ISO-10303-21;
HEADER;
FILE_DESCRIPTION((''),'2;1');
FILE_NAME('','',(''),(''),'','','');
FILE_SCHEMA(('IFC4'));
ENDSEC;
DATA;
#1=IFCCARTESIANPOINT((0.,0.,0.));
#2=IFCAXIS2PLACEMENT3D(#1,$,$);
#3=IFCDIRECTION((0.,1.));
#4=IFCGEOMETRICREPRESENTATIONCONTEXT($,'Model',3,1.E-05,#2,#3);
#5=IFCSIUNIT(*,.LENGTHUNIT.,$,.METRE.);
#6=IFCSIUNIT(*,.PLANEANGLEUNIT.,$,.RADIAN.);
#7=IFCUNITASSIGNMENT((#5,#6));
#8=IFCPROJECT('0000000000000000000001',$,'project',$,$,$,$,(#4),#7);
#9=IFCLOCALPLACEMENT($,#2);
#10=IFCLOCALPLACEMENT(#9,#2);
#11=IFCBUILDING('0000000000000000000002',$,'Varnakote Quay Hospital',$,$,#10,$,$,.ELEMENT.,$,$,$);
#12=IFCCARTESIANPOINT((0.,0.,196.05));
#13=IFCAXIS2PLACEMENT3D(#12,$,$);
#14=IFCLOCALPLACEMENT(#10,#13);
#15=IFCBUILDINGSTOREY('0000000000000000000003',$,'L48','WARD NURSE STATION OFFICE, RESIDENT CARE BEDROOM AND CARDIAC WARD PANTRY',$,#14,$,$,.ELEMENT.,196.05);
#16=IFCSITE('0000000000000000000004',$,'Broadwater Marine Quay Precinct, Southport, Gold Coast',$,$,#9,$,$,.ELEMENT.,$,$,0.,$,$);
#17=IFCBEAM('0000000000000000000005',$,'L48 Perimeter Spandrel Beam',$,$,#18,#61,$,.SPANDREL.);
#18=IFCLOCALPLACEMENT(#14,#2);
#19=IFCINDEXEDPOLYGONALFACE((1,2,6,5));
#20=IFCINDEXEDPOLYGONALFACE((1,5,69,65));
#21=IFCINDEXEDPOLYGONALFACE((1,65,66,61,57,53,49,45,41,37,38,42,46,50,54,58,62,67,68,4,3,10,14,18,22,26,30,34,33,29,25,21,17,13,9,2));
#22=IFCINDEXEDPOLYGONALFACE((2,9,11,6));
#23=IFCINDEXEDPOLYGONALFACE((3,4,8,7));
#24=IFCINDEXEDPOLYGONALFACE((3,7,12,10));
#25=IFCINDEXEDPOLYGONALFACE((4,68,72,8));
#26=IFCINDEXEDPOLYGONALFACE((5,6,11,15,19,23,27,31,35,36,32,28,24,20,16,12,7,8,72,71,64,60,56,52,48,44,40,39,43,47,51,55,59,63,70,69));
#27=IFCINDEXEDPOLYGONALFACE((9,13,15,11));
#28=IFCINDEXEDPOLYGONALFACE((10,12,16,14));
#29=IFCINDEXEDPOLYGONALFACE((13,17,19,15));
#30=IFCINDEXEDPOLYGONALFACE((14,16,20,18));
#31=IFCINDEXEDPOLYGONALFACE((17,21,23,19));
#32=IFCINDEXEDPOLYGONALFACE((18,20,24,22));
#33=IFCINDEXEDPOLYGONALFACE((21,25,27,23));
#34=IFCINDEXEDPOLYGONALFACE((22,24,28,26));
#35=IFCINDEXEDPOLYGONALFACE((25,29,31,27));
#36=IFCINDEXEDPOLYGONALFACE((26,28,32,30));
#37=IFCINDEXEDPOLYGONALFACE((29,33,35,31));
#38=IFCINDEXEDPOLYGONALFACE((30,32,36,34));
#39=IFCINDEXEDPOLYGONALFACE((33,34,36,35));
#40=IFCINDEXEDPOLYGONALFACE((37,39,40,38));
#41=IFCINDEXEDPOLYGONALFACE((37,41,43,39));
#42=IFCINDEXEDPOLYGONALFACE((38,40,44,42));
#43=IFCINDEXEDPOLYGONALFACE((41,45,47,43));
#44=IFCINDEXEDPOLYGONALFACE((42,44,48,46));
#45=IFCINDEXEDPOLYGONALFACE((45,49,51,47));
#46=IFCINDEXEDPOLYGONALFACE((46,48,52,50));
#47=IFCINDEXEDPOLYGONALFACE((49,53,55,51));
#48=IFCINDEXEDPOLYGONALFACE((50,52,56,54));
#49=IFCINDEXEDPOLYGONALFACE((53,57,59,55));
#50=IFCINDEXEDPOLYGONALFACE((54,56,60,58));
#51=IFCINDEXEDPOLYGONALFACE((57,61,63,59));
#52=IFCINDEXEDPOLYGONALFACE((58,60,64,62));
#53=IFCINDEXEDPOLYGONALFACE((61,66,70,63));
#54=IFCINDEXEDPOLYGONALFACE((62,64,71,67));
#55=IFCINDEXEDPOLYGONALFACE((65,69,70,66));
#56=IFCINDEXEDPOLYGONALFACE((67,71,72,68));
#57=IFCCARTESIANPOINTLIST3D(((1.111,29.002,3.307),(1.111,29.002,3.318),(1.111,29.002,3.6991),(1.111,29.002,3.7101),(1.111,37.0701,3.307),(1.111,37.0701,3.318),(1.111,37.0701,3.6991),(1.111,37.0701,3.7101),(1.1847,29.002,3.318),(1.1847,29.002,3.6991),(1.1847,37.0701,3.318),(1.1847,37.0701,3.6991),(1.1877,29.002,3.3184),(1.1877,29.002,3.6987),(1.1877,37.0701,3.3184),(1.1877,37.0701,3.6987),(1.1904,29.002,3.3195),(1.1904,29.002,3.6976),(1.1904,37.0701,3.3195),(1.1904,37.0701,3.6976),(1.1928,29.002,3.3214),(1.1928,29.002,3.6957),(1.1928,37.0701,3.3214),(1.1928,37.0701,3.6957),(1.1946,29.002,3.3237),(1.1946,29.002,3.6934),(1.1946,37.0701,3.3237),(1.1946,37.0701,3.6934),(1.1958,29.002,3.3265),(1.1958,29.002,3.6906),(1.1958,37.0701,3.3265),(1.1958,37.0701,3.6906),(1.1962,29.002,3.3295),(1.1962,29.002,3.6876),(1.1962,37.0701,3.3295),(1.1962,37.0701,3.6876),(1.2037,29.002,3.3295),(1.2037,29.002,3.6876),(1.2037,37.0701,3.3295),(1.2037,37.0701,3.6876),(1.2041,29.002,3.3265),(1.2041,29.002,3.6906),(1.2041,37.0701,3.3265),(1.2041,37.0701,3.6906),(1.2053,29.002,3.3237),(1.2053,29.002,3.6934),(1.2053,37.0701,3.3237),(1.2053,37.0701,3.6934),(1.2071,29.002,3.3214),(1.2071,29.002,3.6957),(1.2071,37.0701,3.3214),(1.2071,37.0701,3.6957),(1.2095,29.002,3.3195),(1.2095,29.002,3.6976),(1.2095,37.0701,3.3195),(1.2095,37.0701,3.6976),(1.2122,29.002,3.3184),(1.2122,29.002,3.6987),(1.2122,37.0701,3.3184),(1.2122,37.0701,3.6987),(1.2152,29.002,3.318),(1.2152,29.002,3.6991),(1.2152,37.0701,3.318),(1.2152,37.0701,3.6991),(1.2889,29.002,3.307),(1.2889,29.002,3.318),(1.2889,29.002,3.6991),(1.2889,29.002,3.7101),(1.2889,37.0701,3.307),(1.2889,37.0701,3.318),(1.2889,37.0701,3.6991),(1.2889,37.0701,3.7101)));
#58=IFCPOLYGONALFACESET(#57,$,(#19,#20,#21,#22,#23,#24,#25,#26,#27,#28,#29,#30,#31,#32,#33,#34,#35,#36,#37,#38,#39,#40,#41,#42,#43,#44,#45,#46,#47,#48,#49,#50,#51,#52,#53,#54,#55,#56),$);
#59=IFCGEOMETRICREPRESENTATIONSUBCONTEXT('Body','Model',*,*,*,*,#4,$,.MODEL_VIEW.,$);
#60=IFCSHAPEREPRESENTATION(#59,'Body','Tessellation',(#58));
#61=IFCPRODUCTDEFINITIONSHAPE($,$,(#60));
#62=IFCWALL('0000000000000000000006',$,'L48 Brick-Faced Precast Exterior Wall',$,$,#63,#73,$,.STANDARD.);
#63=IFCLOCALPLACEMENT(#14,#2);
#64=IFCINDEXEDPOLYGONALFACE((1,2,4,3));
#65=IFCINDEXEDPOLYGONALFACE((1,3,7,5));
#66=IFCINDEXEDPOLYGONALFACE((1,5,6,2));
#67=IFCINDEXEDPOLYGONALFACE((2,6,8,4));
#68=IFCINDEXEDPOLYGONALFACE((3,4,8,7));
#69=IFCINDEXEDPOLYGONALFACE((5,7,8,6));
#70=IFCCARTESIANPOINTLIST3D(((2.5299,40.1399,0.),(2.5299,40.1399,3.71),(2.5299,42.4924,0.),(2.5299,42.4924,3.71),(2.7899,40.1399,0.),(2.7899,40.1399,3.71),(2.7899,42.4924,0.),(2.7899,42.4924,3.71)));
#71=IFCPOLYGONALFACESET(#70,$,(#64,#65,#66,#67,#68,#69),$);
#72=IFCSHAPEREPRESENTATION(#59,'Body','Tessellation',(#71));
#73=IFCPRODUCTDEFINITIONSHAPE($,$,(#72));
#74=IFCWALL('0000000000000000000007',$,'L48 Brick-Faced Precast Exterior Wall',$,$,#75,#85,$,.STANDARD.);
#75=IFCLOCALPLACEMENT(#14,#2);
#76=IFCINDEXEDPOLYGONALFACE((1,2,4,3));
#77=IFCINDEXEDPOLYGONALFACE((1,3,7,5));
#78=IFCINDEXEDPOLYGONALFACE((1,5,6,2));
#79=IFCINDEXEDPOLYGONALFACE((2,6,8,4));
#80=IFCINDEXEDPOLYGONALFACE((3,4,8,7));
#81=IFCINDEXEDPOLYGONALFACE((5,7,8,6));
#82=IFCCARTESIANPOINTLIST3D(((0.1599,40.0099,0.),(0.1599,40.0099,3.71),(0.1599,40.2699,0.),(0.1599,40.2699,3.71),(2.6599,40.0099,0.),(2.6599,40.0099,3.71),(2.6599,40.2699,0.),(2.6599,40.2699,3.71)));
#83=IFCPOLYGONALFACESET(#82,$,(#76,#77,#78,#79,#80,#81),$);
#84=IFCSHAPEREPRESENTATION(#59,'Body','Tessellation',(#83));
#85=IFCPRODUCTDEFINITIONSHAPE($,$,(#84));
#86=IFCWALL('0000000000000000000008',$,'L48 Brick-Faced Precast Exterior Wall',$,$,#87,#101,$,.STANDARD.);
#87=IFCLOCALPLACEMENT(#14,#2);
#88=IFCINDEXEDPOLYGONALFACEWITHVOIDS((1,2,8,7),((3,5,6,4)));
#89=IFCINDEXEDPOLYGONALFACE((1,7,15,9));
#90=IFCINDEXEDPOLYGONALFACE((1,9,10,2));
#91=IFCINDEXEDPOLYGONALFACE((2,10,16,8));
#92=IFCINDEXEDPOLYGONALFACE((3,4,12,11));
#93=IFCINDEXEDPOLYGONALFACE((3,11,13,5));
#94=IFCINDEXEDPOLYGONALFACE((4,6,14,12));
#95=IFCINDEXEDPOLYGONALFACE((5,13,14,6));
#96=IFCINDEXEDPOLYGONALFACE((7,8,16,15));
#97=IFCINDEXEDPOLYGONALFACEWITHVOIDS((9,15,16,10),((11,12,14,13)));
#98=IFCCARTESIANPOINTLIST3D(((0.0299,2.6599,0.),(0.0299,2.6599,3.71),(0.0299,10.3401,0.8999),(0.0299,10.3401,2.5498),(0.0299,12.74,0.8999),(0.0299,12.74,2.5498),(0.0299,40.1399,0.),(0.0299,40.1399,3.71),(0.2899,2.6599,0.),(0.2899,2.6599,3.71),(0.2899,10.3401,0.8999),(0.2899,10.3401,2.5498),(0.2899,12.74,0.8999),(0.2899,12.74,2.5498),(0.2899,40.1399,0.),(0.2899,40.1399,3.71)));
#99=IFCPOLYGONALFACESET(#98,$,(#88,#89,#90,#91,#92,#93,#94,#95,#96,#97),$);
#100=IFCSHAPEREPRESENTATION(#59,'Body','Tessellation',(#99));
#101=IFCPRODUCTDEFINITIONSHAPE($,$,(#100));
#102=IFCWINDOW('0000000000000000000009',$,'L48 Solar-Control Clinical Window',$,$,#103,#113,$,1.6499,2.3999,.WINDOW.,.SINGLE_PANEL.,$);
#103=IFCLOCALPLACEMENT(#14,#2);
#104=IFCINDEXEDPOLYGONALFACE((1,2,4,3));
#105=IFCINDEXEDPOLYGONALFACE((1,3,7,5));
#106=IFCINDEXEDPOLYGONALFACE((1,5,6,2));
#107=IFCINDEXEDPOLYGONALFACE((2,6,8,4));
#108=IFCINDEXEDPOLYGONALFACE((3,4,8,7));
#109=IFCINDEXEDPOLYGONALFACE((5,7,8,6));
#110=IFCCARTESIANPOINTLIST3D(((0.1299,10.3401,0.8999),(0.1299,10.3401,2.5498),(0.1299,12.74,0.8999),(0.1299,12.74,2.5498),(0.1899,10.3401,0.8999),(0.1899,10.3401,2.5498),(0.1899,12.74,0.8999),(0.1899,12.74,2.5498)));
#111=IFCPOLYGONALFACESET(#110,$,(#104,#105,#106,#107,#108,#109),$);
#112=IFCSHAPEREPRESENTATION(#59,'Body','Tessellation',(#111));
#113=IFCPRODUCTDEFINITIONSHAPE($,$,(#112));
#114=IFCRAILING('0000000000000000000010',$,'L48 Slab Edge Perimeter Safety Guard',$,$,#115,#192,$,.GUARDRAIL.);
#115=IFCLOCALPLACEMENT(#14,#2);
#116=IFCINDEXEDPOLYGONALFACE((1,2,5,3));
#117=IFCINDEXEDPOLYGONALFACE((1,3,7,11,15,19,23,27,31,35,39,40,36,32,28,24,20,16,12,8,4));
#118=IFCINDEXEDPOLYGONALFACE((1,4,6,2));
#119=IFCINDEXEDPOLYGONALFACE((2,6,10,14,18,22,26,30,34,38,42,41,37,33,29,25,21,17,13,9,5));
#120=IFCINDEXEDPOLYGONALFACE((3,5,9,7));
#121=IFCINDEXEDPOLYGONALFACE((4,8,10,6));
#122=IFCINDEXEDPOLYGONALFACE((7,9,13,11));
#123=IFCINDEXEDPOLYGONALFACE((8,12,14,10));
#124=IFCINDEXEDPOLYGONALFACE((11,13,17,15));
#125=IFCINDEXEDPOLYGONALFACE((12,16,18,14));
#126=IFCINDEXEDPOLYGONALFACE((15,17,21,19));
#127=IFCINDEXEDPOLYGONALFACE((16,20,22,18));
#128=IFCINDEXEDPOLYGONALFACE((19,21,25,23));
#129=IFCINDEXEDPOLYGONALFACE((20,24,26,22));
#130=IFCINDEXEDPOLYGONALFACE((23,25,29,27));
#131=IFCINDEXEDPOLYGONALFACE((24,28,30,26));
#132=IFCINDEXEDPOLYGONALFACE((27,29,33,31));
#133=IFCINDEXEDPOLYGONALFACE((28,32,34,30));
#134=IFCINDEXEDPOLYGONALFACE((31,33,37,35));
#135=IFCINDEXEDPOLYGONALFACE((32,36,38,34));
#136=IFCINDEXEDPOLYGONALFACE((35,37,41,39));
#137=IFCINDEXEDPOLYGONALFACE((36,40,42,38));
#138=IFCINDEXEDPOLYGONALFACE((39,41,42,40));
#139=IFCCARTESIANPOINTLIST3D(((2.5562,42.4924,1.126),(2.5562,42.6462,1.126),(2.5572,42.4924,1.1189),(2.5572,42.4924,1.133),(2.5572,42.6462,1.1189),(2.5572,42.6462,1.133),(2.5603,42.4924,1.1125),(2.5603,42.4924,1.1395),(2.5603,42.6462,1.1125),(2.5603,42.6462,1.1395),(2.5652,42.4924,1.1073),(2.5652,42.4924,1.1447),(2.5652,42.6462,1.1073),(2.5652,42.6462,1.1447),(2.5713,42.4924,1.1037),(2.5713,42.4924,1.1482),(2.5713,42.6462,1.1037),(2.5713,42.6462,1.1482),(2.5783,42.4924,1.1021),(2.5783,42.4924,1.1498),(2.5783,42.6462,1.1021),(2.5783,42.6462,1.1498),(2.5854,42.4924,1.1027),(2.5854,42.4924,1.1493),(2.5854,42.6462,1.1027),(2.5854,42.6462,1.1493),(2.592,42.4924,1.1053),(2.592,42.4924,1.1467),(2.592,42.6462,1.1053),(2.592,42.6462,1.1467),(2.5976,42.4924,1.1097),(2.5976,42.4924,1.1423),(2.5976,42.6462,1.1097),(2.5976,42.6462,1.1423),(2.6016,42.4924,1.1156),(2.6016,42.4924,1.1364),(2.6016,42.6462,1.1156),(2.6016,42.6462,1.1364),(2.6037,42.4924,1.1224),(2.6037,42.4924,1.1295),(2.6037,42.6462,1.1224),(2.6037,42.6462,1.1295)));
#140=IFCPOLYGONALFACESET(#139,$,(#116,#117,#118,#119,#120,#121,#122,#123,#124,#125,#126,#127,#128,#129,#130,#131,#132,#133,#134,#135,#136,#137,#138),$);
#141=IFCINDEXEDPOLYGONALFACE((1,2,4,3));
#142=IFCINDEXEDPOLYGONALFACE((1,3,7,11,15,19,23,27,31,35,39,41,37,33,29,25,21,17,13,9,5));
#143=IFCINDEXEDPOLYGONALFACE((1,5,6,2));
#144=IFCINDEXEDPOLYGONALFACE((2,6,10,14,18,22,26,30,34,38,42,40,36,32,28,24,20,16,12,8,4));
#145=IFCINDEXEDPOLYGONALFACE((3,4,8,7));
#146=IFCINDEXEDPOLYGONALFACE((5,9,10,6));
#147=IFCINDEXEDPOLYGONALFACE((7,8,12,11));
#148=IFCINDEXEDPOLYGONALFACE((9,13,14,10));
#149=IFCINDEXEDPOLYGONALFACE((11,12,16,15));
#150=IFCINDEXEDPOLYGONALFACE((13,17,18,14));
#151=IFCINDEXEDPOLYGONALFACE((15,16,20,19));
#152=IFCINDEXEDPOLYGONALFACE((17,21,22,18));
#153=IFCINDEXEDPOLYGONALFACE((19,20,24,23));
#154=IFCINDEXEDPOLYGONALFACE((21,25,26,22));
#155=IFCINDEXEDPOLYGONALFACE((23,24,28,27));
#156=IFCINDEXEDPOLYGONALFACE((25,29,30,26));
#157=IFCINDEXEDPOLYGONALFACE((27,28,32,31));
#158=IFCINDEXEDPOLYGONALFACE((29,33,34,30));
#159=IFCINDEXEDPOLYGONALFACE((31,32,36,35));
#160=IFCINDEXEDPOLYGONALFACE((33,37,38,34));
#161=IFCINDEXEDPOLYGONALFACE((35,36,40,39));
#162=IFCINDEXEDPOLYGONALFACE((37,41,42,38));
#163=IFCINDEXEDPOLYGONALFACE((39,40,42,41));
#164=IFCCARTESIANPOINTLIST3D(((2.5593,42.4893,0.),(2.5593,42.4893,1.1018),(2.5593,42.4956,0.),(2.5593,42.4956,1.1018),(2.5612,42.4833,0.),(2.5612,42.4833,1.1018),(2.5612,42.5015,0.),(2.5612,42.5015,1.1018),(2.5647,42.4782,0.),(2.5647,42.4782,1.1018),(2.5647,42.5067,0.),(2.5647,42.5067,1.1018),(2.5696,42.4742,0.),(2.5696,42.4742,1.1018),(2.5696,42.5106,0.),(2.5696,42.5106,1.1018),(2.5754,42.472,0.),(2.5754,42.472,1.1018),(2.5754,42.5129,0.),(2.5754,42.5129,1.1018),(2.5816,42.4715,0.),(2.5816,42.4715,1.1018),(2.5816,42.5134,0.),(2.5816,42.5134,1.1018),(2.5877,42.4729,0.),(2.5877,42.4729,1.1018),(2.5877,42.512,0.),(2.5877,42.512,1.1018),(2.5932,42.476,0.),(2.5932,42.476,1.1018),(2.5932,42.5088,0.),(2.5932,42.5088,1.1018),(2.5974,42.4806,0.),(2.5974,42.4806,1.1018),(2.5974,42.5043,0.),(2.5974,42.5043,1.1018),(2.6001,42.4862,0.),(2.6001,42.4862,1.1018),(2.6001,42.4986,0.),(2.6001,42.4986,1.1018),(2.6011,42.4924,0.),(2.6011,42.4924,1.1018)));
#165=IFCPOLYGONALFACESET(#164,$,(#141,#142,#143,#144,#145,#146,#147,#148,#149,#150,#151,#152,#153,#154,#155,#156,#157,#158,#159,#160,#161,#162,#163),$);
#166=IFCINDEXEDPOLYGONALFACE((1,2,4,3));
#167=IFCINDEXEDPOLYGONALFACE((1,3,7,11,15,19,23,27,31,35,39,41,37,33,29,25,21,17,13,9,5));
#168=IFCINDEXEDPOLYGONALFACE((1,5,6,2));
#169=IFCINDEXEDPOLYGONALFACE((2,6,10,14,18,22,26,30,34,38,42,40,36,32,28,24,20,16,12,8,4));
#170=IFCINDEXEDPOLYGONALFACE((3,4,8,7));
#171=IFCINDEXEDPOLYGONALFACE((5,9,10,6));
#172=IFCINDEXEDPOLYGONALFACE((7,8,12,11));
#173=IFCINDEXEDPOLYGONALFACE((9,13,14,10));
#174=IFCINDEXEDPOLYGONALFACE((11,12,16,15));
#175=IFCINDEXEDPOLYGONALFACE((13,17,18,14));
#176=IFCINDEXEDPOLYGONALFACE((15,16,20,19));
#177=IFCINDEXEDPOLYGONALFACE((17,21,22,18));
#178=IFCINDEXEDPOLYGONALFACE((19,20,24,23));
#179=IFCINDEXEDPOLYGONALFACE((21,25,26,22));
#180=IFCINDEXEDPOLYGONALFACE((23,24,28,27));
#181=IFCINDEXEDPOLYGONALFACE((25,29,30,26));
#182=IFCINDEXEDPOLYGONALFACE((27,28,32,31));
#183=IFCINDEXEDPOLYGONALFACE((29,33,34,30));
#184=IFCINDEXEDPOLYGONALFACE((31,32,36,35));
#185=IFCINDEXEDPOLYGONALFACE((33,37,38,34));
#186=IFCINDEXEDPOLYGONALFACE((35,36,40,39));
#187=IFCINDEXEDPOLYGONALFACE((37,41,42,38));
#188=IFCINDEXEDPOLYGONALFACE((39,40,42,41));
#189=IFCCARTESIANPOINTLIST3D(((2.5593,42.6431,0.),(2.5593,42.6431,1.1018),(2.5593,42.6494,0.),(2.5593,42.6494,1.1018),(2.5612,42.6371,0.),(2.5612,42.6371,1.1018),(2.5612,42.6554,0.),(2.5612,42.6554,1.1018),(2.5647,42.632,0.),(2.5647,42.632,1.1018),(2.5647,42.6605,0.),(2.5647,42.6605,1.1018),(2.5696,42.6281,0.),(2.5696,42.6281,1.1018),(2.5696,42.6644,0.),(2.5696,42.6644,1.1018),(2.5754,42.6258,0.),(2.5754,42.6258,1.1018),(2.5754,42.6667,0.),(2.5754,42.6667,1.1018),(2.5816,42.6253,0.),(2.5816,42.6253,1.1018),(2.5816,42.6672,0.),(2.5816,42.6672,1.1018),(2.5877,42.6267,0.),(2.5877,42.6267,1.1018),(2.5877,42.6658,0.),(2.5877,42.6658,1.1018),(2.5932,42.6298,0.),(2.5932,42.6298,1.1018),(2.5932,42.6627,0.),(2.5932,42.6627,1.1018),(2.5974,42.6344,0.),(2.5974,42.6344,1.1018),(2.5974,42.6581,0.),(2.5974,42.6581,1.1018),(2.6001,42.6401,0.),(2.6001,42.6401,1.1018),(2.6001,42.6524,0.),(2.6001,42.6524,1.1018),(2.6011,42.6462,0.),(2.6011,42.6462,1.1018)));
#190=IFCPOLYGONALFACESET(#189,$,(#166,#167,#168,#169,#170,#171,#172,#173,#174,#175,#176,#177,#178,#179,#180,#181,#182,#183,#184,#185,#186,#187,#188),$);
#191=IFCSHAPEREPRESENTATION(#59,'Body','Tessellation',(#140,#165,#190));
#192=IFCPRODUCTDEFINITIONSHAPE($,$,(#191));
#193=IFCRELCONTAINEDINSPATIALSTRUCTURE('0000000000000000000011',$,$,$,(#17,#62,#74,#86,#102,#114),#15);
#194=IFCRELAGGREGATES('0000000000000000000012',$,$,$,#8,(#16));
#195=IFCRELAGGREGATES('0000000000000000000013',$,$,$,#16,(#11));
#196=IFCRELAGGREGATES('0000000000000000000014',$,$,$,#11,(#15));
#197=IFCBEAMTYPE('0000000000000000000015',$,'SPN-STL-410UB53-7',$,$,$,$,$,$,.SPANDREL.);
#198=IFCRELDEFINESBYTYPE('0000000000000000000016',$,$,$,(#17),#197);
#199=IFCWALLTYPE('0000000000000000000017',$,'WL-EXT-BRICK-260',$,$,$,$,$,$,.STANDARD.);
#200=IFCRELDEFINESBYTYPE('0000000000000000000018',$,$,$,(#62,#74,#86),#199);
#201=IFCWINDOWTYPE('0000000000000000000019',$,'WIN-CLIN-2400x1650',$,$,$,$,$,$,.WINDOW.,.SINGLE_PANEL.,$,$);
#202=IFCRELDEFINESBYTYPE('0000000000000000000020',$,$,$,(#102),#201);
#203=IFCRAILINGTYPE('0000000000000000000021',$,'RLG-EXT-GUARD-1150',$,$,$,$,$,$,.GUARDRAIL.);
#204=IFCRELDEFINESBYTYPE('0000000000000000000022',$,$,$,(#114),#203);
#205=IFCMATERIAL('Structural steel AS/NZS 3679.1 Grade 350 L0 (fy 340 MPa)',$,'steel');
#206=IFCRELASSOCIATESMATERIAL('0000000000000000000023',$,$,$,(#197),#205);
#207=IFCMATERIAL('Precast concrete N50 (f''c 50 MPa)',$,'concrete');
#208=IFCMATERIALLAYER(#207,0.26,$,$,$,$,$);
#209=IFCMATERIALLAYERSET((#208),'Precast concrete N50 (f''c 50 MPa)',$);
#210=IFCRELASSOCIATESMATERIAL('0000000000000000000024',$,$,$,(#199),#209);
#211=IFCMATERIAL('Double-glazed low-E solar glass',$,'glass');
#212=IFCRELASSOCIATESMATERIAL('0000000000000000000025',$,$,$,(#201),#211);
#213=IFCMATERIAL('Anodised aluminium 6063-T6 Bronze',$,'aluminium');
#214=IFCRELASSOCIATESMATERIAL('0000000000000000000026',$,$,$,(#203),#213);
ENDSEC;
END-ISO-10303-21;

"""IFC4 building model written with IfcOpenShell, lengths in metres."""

from ifc_helpers import new_model, si_unit, direction, frame, frame_2d, origin, origin_2d, place, context, subcontext, project, spatial, rectangle, circle, i_section, extrude, material, layer, layer_set, material_profile, profile_set, type_object, element, fill, save


model = new_model("IFC4")

# Units and contexts
model_context = context("Model", 3, precision=1e-05, world=origin(), true_north=direction((0.0, 1.0)))
body_context = subcontext(model_context, "Body", "Model", "MODEL_VIEW")
ifc_project = project(units=[si_unit("LENGTHUNIT", "METRE"), si_unit("PLANEANGLEUNIT", "RADIAN")], contexts=[model_context])

# Site, building, storey
site_placement = place(None, origin())
site = spatial("IfcSite", under=ifc_project, at=site_placement, Name="Broadwater Marine Quay Precinct, Southport, Gold Coast", CompositionType="ELEMENT", RefElevation=0.0)
building_placement = place(site_placement, origin())
building = spatial("IfcBuilding", under=site, at=building_placement, Name="Varnakote Quay Hospital", CompositionType="ELEMENT")
storey_placement = place(building_placement, frame((0.0, 0.0, 196.05)))
storey = spatial("IfcBuildingStorey", under=building, at=storey_placement, Name="L48", Description="WARD NURSE STATION OFFICE, RESIDENT CARE BEDROOM AND CARDIAC WARD PANTRY", CompositionType="ELEMENT", Elevation=196.05)

# Beam
ifc_material_1 = material(Name="Structural steel AS/NZS 3679.1 Grade 350 L0 (fy 340 MPa)", Category="steel")
ifc_material_profile_1 = material_profile(ifc_material_1, i_section(OverallWidth=0.178, OverallDepth=0.4031, WebThickness=0.0076, FlangeThickness=0.011, FilletRadius=0.0115, at=origin_2d()), Name="410UB53.7")
ifc_profile_set_1 = profile_set([ifc_material_profile_1], Name="Structural steel AS/NZS 3679.1 Grade 350 L0 (fy 340 MPa)")
beam_type_1 = type_object("IfcBeamType", Name="SPN-STL-410UB53-7", PredefinedType="SPANDREL", material=ifc_profile_set_1)
beam_1_placement = place(storey_placement, frame((1.2, 29.002, 3.5085), z_axis=(0.0, 1.0, 0.0), x_axis=(-1.0, 0.0, 0.0)))
element("IfcBeam", 1, at=beam_1_placement, inside=storey, type_object=beam_type_1, Name="L48 Perimeter Spandrel Beam", PredefinedType="SPANDREL", context=body_context, shape_type="SweptSolid", body=[
    extrude(i_section(OverallWidth=0.178, OverallDepth=0.4031, WebThickness=0.0076, FlangeThickness=0.011, FilletRadius=0.0115, at=origin_2d()), origin(), (0.0, 0.0, 1.0), 8.0681),
])

# Walls
ifc_material_2 = material(Name="Precast concrete N50 (f'c 50 MPa)", Category="concrete")
ifc_layer = layer(ifc_material_2, 0.26)
ifc_layer_set = layer_set([ifc_layer], Name="Precast concrete N50 (f'c 50 MPa)")
wall_type = type_object("IfcWallType", Name="WL-EXT-BRICK-260", PredefinedType="STANDARD", material=ifc_layer_set)
wall_1_placement = place(storey_placement, frame((2.6599, 42.4924, 0.0), z_axis=(0.0, 0.0, 1.0), x_axis=(0.0, -1.0, 0.0)))
element("IfcWall", 2, at=wall_1_placement, inside=storey, type_object=wall_type, Name="L48 Brick-Faced Precast Exterior Wall", PredefinedType="STANDARD", context=body_context, shape_type="SweptSolid", body=[
    extrude(rectangle(XDim=2.3525, YDim=0.26, at=frame_2d((1.1763, 0.0))), origin(), (0.0, 0.0, 1.0), 3.71),
])
wall_2_placement = place(storey_placement, frame((2.6599, 40.1399, 0.0), z_axis=(0.0, 0.0, 1.0), x_axis=(-1.0, 0.0, 0.0)))
element("IfcWall", 3, at=wall_2_placement, inside=storey, type_object=wall_type, Name="L48 Brick-Faced Precast Exterior Wall", PredefinedType="STANDARD", context=body_context, shape_type="SweptSolid", body=[
    extrude(rectangle(XDim=2.5, YDim=0.26, at=frame_2d((1.25, 0.0))), origin(), (0.0, 0.0, 1.0), 3.71),
])

# Wall, opening, window
wall_3_placement = place(storey_placement, frame((0.1599, 40.1399, 0.0), z_axis=(0.0, 0.0, 1.0), x_axis=(0.0, -1.0, 0.0)))
wall_3 = element("IfcWall", 4, at=wall_3_placement, inside=storey, type_object=wall_type, Name="L48 Brick-Faced Precast Exterior Wall", PredefinedType="STANDARD", context=body_context, shape_type="SweptSolid", body=[
    extrude(rectangle(XDim=37.48, YDim=0.26, at=frame_2d((18.74, 0.0))), origin(), (0.0, 0.0, 1.0), 3.71),
])
opening_placement = place(wall_3_placement, frame((27.3999, 0.0, 0.8999)))
opening = element("IfcOpeningElement", 5, at=opening_placement, cuts=wall_3, PredefinedType="OPENING", context=body_context, shape_type="SweptSolid", body=[
    extrude(rectangle(XDim=2.3999, YDim=1.6499, at=frame_2d((1.2, 0.825))), frame((0.0, 0.1399, 0.0), z_axis=(0.0, -1.0, 0.0), x_axis=(1.0, 0.0, 0.0)), (0.0, 0.0, 1.0), 0.28),
])
ifc_material_3 = material(Name="Double-glazed low-E solar glass", Category="glass")
window_type = type_object("IfcWindowType", Name="WIN-CLIN-2400x1650", PartitioningType="SINGLE_PANEL", PredefinedType="WINDOW", material=ifc_material_3)
window_placement = place(opening_placement, origin())
window = element("IfcWindow", 6, at=window_placement, inside=storey, type_object=window_type, Name="L48 Solar-Control Clinical Window", OverallHeight=1.6499, OverallWidth=2.3999, PartitioningType="SINGLE_PANEL", PredefinedType="WINDOW", context=body_context, shape_type="SweptSolid", body=[
    extrude(rectangle(XDim=2.3999, YDim=1.6499, at=frame_2d((1.2, 0.825))), frame((0.0, 0.03, 0.0), z_axis=(0.0, -1.0, 0.0), x_axis=(1.0, 0.0, 0.0)), (0.0, 0.0, 1.0), 0.0601),
])
fill(opening, window)

# Railing
ifc_material_4 = material(Name="Anodised aluminium 6063-T6 Bronze", Category="aluminium")
railing_type = type_object("IfcRailingType", Name="RLG-EXT-GUARD-1150", PredefinedType="GUARDRAIL", material=ifc_material_4)
railing_1_placement = place(storey_placement, frame((2.5801, 42.4924, 0.0)))
element("IfcRailing", 7, at=railing_1_placement, inside=storey, type_object=railing_type, Name="L48 Slab Edge Perimeter Safety Guard", PredefinedType="GUARDRAIL", context=body_context, shape_type="SweptSolid", body=[
    extrude(circle(Radius=0.0239, at=origin_2d()), frame((0.0, 0.0, 1.126), z_axis=(0.0, 1.0, 0.0), x_axis=(-1.0, 0.0, 0.0)), (0.0, 0.0, 1.0), 0.1538),
    extrude(circle(Radius=0.021, at=origin_2d()), origin(), (0.0, 0.0, 1.0), 1.1018),
    extrude(circle(Radius=0.021, at=origin_2d()), frame((0.0, 0.1538, 0.0)), (0.0, 0.0, 1.0), 1.1018),
])

save(model, "model.ifc")
